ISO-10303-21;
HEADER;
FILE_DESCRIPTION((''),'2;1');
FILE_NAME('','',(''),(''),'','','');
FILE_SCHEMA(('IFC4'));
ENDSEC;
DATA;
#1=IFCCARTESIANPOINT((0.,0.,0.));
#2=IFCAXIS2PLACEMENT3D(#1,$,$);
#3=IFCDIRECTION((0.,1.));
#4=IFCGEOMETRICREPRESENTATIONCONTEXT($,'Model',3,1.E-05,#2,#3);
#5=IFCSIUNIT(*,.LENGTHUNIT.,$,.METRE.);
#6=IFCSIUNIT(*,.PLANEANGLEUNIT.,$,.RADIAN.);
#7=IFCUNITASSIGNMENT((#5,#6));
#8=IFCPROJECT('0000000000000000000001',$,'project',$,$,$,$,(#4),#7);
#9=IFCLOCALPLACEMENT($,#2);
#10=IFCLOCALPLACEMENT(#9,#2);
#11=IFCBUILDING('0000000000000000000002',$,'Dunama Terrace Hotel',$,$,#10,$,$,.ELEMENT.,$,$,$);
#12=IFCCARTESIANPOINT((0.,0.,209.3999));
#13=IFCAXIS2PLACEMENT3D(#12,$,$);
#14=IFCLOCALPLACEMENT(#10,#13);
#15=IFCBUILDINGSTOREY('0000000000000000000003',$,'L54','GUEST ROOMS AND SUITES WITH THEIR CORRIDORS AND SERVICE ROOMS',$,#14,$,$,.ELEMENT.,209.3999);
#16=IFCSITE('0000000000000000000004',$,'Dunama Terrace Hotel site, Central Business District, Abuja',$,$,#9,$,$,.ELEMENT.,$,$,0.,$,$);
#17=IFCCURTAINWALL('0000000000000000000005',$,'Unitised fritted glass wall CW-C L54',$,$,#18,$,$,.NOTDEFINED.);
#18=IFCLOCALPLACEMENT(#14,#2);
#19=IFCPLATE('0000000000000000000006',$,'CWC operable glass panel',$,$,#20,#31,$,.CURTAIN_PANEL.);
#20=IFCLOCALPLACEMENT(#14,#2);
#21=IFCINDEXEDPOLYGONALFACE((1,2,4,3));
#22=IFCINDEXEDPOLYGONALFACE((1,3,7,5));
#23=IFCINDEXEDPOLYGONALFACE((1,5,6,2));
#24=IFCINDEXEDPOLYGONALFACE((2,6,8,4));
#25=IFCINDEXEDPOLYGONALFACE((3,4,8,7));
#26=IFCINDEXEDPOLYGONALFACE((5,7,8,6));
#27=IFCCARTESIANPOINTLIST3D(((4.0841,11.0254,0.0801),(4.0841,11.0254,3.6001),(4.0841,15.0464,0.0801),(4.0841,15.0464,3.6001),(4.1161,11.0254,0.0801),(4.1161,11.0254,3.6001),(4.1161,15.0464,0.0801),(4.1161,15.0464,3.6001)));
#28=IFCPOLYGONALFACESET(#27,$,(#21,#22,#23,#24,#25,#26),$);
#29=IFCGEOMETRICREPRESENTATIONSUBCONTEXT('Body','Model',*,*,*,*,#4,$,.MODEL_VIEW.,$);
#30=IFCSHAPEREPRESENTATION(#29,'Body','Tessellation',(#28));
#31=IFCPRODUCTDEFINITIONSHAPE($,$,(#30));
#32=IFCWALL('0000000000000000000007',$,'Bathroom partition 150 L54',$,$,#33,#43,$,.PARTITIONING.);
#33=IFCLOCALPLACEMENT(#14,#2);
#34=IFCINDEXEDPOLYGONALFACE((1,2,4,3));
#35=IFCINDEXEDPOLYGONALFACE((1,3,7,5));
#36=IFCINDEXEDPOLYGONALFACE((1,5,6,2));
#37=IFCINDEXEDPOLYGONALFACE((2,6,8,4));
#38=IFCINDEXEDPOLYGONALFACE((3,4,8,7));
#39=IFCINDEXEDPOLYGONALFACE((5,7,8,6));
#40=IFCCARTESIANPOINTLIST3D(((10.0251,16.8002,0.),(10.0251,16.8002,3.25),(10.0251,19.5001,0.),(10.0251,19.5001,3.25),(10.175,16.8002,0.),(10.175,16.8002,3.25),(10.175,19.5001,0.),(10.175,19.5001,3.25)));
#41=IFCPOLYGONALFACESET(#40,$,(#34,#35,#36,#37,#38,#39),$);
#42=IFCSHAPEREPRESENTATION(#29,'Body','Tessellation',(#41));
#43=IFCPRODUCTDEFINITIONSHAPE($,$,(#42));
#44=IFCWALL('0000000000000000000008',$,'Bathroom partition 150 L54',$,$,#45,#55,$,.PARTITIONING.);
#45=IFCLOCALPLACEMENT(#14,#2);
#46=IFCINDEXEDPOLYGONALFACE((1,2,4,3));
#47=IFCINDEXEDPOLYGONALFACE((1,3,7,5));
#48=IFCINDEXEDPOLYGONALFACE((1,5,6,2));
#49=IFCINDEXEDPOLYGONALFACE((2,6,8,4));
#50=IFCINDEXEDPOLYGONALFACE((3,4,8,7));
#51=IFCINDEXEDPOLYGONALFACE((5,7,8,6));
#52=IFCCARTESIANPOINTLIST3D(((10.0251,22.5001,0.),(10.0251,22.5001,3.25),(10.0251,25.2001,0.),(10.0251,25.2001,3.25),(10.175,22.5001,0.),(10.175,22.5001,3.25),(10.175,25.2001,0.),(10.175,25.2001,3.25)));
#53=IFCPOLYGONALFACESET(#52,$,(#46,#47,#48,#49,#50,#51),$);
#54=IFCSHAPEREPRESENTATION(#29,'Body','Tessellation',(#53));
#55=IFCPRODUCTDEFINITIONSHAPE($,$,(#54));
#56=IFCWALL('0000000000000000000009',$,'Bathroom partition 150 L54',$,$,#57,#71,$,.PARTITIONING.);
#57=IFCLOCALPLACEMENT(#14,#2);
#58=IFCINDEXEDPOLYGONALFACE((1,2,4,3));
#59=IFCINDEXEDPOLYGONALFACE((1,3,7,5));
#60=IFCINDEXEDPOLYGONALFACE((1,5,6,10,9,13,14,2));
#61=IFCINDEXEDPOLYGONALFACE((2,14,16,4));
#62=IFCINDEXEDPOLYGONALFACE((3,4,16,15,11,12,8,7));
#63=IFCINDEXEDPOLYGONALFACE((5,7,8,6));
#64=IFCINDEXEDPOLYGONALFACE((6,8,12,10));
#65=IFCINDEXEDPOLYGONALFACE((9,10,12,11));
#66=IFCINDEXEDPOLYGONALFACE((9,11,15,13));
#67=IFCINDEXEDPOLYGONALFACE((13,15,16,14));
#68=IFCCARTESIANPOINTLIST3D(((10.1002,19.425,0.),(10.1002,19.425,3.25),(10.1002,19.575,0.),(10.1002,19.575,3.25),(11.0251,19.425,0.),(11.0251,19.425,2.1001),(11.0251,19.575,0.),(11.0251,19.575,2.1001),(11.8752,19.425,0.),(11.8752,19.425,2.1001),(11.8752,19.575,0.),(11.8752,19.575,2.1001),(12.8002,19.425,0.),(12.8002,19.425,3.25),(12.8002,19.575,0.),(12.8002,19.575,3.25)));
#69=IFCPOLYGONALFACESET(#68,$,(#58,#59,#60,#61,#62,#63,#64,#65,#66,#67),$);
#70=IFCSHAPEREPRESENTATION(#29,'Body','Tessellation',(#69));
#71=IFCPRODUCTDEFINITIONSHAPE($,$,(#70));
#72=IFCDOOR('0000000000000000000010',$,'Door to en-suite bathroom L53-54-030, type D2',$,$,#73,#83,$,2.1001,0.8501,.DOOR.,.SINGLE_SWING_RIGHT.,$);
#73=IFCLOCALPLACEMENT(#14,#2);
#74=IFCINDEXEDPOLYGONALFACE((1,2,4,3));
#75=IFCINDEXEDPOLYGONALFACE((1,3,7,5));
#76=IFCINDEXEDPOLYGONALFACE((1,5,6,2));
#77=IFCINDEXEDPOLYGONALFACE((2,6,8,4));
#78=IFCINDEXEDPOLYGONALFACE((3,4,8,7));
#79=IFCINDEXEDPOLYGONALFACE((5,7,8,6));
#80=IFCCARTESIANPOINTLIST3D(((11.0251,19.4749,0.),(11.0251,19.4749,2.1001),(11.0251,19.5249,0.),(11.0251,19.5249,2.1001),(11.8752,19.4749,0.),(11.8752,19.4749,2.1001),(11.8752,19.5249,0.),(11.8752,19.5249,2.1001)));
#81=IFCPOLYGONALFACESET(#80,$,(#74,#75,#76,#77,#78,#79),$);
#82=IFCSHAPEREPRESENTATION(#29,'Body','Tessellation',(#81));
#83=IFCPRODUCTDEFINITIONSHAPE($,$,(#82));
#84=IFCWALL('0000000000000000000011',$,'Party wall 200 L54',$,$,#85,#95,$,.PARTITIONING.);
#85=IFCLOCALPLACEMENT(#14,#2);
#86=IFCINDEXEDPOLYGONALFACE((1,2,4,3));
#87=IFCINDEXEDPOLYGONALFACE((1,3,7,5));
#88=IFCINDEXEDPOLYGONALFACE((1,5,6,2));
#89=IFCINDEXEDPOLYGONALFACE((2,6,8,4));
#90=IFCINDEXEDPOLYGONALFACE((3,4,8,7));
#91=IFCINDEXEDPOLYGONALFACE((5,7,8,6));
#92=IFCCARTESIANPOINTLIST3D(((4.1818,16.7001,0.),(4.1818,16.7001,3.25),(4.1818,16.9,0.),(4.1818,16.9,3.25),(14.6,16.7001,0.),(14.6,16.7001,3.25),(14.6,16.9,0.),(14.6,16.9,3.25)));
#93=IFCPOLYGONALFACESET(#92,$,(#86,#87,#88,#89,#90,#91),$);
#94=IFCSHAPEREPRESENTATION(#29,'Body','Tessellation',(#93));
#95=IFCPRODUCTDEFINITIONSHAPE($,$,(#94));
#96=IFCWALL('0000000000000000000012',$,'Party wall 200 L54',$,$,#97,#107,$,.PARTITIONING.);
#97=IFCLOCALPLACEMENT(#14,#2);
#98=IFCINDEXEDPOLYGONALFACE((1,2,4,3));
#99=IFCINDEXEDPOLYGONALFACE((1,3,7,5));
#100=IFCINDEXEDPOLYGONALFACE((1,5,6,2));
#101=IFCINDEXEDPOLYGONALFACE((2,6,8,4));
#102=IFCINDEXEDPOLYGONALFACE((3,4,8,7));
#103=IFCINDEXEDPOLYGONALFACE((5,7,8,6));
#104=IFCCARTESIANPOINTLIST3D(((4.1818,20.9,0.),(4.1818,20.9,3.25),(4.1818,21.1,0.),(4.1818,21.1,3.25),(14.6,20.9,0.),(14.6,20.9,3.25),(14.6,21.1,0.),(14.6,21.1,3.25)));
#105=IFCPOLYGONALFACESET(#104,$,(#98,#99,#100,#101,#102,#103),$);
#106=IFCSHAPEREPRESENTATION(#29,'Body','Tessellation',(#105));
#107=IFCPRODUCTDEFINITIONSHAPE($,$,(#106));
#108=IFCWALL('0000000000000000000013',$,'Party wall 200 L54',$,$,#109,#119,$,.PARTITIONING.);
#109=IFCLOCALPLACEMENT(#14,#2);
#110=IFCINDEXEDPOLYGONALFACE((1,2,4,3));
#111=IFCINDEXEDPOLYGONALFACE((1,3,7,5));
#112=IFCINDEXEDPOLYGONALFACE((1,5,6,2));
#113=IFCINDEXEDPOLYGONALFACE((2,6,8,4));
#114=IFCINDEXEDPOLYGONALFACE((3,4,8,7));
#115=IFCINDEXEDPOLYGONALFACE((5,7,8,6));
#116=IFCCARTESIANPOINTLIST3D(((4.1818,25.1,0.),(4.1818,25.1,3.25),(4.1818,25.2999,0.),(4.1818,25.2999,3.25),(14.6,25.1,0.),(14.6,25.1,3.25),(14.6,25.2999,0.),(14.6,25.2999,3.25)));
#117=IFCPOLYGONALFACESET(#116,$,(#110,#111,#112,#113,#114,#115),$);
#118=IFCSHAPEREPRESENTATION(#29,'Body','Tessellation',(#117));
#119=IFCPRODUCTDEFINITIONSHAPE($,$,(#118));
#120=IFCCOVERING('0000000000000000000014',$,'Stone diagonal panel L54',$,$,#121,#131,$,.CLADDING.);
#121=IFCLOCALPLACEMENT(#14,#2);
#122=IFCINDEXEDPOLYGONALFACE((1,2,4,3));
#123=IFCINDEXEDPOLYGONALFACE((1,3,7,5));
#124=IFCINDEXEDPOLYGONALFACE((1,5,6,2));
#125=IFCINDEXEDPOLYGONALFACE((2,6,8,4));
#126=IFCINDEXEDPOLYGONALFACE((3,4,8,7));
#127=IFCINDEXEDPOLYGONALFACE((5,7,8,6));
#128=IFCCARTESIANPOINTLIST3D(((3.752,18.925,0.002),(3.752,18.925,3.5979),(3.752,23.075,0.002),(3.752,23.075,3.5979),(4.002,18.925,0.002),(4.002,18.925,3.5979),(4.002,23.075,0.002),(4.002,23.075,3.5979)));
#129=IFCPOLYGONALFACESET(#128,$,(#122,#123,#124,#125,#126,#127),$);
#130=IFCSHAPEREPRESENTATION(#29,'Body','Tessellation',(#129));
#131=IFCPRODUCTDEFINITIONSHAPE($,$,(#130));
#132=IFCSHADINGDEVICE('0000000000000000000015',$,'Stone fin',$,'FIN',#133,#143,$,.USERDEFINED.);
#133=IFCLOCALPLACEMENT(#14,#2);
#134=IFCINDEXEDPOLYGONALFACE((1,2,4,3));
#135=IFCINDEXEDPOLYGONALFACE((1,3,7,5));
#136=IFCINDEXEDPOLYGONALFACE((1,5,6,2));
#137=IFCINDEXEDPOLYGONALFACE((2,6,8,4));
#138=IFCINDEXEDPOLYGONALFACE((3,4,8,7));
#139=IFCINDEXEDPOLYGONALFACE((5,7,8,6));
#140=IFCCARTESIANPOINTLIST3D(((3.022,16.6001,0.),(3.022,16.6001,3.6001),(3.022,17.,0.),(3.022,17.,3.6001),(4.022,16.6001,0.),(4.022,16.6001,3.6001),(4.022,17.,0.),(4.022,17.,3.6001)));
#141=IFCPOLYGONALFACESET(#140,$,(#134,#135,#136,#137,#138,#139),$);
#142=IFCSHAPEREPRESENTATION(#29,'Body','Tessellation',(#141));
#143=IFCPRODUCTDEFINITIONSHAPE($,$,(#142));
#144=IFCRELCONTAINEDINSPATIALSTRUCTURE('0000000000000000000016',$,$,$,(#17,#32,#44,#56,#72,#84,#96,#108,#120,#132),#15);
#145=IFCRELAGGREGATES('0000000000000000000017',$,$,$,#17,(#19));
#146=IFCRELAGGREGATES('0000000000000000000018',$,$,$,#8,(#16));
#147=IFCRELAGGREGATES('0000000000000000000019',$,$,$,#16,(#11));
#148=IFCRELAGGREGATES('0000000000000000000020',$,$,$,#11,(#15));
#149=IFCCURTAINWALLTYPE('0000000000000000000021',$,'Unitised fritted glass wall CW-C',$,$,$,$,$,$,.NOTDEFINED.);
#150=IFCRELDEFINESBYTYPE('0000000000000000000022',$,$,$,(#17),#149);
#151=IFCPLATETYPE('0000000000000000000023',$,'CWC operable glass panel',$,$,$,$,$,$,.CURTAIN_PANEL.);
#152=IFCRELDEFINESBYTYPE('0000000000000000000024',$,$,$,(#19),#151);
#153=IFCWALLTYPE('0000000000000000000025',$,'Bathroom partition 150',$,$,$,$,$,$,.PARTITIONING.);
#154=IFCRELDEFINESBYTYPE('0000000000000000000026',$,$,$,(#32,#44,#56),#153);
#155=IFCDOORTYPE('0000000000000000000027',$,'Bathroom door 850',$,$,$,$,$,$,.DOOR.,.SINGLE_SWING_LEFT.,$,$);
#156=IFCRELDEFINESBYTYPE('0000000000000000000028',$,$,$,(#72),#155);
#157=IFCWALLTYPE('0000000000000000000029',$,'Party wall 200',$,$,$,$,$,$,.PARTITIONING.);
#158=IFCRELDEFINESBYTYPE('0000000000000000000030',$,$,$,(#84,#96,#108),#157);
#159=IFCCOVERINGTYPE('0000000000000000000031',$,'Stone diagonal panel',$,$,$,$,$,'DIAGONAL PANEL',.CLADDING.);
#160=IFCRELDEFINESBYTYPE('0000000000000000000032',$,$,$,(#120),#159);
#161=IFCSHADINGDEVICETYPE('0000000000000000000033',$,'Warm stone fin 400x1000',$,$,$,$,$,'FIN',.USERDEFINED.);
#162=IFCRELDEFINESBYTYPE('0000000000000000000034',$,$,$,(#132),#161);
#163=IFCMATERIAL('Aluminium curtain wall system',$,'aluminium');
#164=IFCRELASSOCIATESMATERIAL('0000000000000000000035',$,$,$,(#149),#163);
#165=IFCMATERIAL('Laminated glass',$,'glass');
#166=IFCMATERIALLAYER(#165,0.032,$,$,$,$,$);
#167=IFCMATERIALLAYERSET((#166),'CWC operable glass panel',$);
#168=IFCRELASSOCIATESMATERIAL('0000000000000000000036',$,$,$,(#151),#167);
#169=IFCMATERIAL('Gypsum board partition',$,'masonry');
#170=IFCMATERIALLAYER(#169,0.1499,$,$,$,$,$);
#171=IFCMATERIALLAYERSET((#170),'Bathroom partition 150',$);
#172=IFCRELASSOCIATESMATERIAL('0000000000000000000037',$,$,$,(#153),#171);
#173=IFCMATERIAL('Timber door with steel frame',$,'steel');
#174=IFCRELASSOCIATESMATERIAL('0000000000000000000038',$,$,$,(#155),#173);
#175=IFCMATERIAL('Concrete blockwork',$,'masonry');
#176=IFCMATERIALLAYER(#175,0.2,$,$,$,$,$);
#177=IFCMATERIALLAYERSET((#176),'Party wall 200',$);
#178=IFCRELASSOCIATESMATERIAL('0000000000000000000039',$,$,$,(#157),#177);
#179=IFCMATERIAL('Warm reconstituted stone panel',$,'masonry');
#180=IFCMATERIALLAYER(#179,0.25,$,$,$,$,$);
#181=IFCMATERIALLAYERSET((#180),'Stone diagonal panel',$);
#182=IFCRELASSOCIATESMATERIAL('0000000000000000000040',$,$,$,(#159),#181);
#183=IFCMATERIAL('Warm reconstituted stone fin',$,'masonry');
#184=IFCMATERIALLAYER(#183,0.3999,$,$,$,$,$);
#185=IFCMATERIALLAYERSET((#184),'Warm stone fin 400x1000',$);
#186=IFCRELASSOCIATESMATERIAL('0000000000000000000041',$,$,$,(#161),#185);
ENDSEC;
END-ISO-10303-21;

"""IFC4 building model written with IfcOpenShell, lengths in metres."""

from ifc_helpers import new_model, si_unit, direction, frame, frame_2d, origin, origin_2d, place, context, subcontext, project, spatial, rectangle, extrude, material, layer, layer_set, type_object, element, fill, aggregate, save


model = new_model("IFC4")

# Units and contexts
model_context = context("Model", 3, precision=1e-05, world=origin(), true_north=direction((0.0, 1.0)))
body_context = subcontext(model_context, "Body", "Model", "MODEL_VIEW")
ifc_project = project(units=[si_unit("LENGTHUNIT", "METRE"), si_unit("PLANEANGLEUNIT", "RADIAN")], contexts=[model_context])

# Site, building, storey
site_placement = place(None, origin())
site = spatial("IfcSite", under=ifc_project, at=site_placement, Name="Dunama Terrace Hotel site, Central Business District, Abuja", CompositionType="ELEMENT", RefElevation=0.0)
building_placement = place(site_placement, origin())
building = spatial("IfcBuilding", under=site, at=building_placement, Name="Dunama Terrace Hotel", CompositionType="ELEMENT")
storey_placement = place(building_placement, frame((0.0, 0.0, 209.3999)))
storey = spatial("IfcBuildingStorey", under=building, at=storey_placement, Name="L54", Description="GUEST ROOMS AND SUITES WITH THEIR CORRIDORS AND SERVICE ROOMS", CompositionType="ELEMENT", Elevation=209.3999)

# Curtain wall
ifc_material_1 = material(Name="Aluminium curtain wall system", Category="aluminium")
curtain_wall_type = type_object("IfcCurtainWallType", Name="Unitised fritted glass wall CW-C", PredefinedType="NOTDEFINED", material=ifc_material_1)
curtain_wall_placement = place(storey_placement, origin())
curtain_wall = element("IfcCurtainWall", 1, at=curtain_wall_placement, inside=storey, type_object=curtain_wall_type, Name="Unitised fritted glass wall CW-C L54", PredefinedType="NOTDEFINED")

# Plate
ifc_material_2 = material(Name="Laminated glass", Category="glass")
ifc_layer_1 = layer(ifc_material_2, 0.032)
ifc_layer_set_1 = layer_set([ifc_layer_1], Name="CWC operable glass panel")
plate_type_1 = type_object("IfcPlateType", Name="CWC operable glass panel", PredefinedType="CURTAIN_PANEL", material=ifc_layer_set_1)
plate_1_placement = place(storey_placement, frame((4.1001, 13.0359, 0.0801), z_axis=(0.0, 0.0, 1.0), x_axis=(0.0, -1.0, 0.0)))
plate_1 = element("IfcPlate", 2, at=plate_1_placement, type_object=plate_type_1, Name="CWC operable glass panel", PredefinedType="CURTAIN_PANEL", context=body_context, shape_type="SweptSolid", body=[
    extrude(rectangle(XDim=4.021, YDim=0.032, at=origin_2d()), origin(), (0.0, 0.0, 1.0), 3.52),
])
aggregate(curtain_wall, [plate_1])

# Walls
ifc_material_3 = material(Name="Gypsum board partition", Category="masonry")
ifc_layer_2 = layer(ifc_material_3, 0.1499)
ifc_layer_set_2 = layer_set([ifc_layer_2], Name="Bathroom partition 150")
wall_type_1 = type_object("IfcWallType", Name="Bathroom partition 150", PredefinedType="PARTITIONING", material=ifc_layer_set_2)
for number, where, z_axis, x_axis, name in (
    (3, (10.1001, 16.8, 0.0), (0.0, 0.0, 1.0), (0.0, 1.0, 0.0), "Bathroom partition 150 L54"),
    (4, (10.1001, 22.5, 0.0), (0.0, 0.0, 1.0), (0.0, 1.0, 0.0), "Bathroom partition 150 L54"),
):
    element("IfcWall", number, at=place(storey_placement, frame(where, z_axis=z_axis, x_axis=x_axis)), inside=storey, type_object=wall_type_1, Name=name, PredefinedType="PARTITIONING", context=body_context, shape_type="SweptSolid", body=[
        extrude(rectangle(XDim=2.7, YDim=0.1499, at=frame_2d((1.3501, 0.0))), origin(), (0.0, 0.0, 1.0), 3.25),
    ])

# Wall, opening, door
wall_placement = place(storey_placement, frame((10.1001, 19.5, 0.0), z_axis=(0.0, 0.0, 1.0), x_axis=(1.0, 0.0, 0.0)))
wall = element("IfcWall", 5, at=wall_placement, inside=storey, type_object=wall_type_1, Name="Bathroom partition 150 L54", PredefinedType="PARTITIONING", context=body_context, shape_type="SweptSolid", body=[
    extrude(rectangle(XDim=2.7, YDim=0.1499, at=frame_2d((1.3501, 0.0))), origin(), (0.0, 0.0, 1.0), 3.25),
])
opening_placement = place(wall_placement, frame((0.925, 0.0, 0.0)))
opening = element("IfcOpeningElement", 6, at=opening_placement, cuts=wall, PredefinedType="OPENING", context=body_context, shape_type="SweptSolid", body=[
    extrude(rectangle(XDim=0.8501, YDim=2.1001, at=frame_2d((0.425, 1.05))), frame((0.0, 0.085, 0.0), z_axis=(0.0, -1.0, 0.0), x_axis=(1.0, 0.0, 0.0)), (0.0, 0.0, 1.0), 0.1699),
])
ifc_material_4 = material(Name="Timber door with steel frame", Category="steel")
door_type = type_object("IfcDoorType", Name="Bathroom door 850", OperationType="SINGLE_SWING_LEFT", PredefinedType="DOOR", material=ifc_material_4)
door_placement = place(opening_placement, frame((0.8501, 0.0, 0.0), z_axis=(0.0, 0.0, 1.0), x_axis=(-1.0, 0.0, 0.0)))
door = element("IfcDoor", 7, at=door_placement, inside=storey, type_object=door_type, Name="Door to en-suite bathroom L53-54-030, type D2", OperationType="SINGLE_SWING_RIGHT", OverallHeight=2.1001, OverallWidth=0.8501, PredefinedType="DOOR", context=body_context, shape_type="SweptSolid", body=[
    extrude(rectangle(XDim=0.8501, YDim=2.1001, at=frame_2d((0.425, 1.05))), frame((0.0, 0.0251, 0.0), z_axis=(0.0, -1.0, 0.0), x_axis=(1.0, 0.0, 0.0)), (0.0, 0.0, 1.0), 0.05),
])
fill(opening, door)

# Walls
ifc_material_5 = material(Name="Concrete blockwork", Category="masonry")
ifc_layer_3 = layer(ifc_material_5, 0.2)
ifc_layer_set_3 = layer_set([ifc_layer_3], Name="Party wall 200")
wall_type_2 = type_object("IfcWallType", Name="Party wall 200", PredefinedType="PARTITIONING", material=ifc_layer_set_3)
for number, where, z_axis, x_axis, name in (
    (8, (4.1819, 16.8, 0.0), (0.0, 0.0, 1.0), (1.0, 0.0, 0.0), "Party wall 200 L54"),
    (9, (4.1819, 21.0, 0.0), (0.0, 0.0, 1.0), (1.0, 0.0, 0.0), "Party wall 200 L54"),
    (10, (4.1819, 25.2, 0.0), (0.0, 0.0, 1.0), (1.0, 0.0, 0.0), "Party wall 200 L54"),
):
    element("IfcWall", number, at=place(storey_placement, frame(where, z_axis=z_axis, x_axis=x_axis)), inside=storey, type_object=wall_type_2, Name=name, PredefinedType="PARTITIONING", context=body_context, shape_type="SweptSolid", body=[
        extrude(rectangle(XDim=10.4182, YDim=0.2, at=frame_2d((5.209, 0.0))), origin(), (0.0, 0.0, 1.0), 3.25),
    ])

# Covering
ifc_material_6 = material(Name="Warm reconstituted stone panel", Category="masonry")
ifc_layer_4 = layer(ifc_material_6, 0.25)
ifc_layer_set_4 = layer_set([ifc_layer_4], Name="Stone diagonal panel")
covering_type = type_object("IfcCoveringType", Name="Stone diagonal panel", ElementType="DIAGONAL PANEL", PredefinedType="CLADDING", material=ifc_layer_set_4)
covering_placement = place(storey_placement, frame((3.877, 21.0, 0.002), z_axis=(0.0, 0.0, 1.0), x_axis=(0.0, -1.0, 0.0)))
element("IfcCovering", 11, at=covering_placement, inside=storey, type_object=covering_type, Name="Stone diagonal panel L54", PredefinedType="CLADDING", context=body_context, shape_type="SweptSolid", body=[
    extrude(rectangle(XDim=4.1499, YDim=0.25, at=origin_2d()), origin(), (0.0, 0.0, 1.0), 3.5959),
])

# Shading device
ifc_material_7 = material(Name="Warm reconstituted stone fin", Category="masonry")
ifc_layer_5 = layer(ifc_material_7, 0.3999)
ifc_layer_set_5 = layer_set([ifc_layer_5], Name="Warm stone fin 400x1000")
shading_device_type = type_object("IfcShadingDeviceType", Name="Warm stone fin 400x1000", ElementType="FIN", PredefinedType="USERDEFINED", material=ifc_layer_set_5)
shading_device_placement = place(storey_placement, frame((3.522, 16.8, 0.0), z_axis=(0.0, 0.0, 1.0), x_axis=(0.0, -1.0, 0.0)))
element("IfcShadingDevice", 12, at=shading_device_placement, inside=storey, type_object=shading_device_type, Name="Stone fin", ObjectType="FIN", PredefinedType="USERDEFINED", context=body_context, shape_type="SweptSolid", body=[
    extrude(rectangle(XDim=0.3999, YDim=1.0, at=origin_2d()), origin(), (0.0, 0.0, 1.0), 3.6001),
])

save(model, "model.ifc")
